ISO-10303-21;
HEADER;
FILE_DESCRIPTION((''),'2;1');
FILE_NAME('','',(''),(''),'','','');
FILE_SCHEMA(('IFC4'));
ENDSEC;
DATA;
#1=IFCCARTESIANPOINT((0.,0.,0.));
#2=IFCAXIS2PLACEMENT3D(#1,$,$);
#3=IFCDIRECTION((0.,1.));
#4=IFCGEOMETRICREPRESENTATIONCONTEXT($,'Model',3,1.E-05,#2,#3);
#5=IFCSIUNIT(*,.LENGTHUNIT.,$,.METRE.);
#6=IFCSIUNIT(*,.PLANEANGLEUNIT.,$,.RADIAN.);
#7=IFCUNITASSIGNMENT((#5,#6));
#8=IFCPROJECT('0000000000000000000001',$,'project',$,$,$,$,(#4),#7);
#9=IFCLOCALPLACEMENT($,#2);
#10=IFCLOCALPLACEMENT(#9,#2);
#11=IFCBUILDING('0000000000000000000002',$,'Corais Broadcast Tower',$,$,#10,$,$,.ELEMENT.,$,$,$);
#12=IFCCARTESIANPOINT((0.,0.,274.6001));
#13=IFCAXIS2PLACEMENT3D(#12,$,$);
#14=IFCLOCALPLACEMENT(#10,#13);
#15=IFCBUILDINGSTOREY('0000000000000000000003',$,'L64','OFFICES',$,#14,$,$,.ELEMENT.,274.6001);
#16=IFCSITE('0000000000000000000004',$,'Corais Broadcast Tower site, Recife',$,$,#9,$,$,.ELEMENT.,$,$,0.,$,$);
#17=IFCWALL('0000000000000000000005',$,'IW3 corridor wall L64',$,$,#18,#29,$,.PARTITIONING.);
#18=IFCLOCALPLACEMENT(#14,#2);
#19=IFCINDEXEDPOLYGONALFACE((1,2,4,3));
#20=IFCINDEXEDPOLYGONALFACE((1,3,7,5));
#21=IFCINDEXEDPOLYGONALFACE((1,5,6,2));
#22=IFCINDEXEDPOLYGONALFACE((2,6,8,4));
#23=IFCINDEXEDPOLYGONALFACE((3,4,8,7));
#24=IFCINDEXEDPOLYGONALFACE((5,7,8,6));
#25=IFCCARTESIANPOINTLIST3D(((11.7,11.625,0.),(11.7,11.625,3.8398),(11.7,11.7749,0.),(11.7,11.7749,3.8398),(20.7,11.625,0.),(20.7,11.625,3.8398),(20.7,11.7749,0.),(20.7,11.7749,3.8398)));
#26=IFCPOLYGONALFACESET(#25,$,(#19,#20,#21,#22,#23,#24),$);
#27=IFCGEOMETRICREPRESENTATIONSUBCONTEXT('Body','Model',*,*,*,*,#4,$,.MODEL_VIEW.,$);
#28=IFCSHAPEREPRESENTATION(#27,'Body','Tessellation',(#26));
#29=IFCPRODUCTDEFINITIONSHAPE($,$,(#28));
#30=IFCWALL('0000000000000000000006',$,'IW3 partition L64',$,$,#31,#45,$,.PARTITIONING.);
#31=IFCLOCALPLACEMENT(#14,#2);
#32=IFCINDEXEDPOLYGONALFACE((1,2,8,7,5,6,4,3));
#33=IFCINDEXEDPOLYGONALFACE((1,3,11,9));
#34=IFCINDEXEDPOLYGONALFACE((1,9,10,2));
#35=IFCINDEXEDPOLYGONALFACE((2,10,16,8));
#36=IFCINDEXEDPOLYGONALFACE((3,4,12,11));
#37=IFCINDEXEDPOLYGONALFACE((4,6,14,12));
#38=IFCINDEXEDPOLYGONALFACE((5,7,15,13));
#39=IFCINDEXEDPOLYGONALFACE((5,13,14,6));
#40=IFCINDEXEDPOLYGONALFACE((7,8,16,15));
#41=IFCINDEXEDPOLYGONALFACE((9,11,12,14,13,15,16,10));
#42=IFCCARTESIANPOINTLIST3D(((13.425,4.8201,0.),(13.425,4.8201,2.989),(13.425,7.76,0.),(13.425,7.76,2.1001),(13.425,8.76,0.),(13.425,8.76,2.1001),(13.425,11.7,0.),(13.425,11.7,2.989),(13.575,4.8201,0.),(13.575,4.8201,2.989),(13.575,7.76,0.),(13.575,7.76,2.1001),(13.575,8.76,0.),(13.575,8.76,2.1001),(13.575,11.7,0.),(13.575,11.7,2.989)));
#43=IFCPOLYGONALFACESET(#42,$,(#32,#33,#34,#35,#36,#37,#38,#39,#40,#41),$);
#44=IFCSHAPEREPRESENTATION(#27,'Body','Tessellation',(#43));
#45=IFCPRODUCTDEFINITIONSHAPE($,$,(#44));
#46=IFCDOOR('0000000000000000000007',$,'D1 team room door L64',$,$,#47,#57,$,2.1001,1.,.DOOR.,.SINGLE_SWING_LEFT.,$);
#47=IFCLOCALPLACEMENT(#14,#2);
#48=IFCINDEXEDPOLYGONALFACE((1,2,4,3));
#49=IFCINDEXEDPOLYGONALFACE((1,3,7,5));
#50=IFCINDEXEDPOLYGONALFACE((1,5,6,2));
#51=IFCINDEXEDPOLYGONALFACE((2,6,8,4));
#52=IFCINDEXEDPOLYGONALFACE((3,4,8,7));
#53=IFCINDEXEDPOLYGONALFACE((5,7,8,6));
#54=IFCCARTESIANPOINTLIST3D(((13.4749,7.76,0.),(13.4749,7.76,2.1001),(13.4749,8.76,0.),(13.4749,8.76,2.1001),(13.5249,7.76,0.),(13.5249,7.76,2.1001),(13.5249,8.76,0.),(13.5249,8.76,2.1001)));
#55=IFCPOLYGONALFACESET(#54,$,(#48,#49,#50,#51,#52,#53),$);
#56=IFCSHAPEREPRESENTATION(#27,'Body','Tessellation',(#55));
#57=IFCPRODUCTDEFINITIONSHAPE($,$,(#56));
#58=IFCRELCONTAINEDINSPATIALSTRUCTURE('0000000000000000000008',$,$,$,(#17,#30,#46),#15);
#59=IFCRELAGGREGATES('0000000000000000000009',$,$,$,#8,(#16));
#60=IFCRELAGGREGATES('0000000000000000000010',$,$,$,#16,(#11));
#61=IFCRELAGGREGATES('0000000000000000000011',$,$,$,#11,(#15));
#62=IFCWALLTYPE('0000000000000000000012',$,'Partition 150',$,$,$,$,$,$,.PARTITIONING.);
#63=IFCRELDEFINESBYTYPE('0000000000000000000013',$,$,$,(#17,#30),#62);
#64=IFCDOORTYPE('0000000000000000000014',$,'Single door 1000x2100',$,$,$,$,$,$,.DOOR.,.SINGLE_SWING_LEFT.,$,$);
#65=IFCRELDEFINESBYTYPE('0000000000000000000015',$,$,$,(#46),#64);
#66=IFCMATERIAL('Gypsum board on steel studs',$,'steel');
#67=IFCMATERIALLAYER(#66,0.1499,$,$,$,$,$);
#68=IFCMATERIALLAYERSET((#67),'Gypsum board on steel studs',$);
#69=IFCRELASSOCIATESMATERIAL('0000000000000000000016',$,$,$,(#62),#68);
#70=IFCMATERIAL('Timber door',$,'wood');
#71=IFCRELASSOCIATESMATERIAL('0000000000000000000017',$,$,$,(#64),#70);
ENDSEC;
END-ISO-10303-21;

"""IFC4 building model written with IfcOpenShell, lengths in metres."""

from ifc_helpers import new_model, si_unit, direction, frame, frame_2d, origin, place, context, subcontext, project, spatial, rectangle, extrude, material, layer, layer_set, type_object, element, fill, save


model = new_model("IFC4")

# Units and contexts
model_context = context("Model", 3, precision=1e-05, world=origin(), true_north=direction((0.0, 1.0)))
body_context = subcontext(model_context, "Body", "Model", "MODEL_VIEW")
ifc_project = project(units=[si_unit("LENGTHUNIT", "METRE"), si_unit("PLANEANGLEUNIT", "RADIAN")], contexts=[model_context])

# Site, building, storey
site_placement = place(None, origin())
site = spatial("IfcSite", under=ifc_project, at=site_placement, Name="Corais Broadcast Tower site, Recife", CompositionType="ELEMENT", RefElevation=0.0)
building_placement = place(site_placement, origin())
building = spatial("IfcBuilding", under=site, at=building_placement, Name="Corais Broadcast Tower", CompositionType="ELEMENT")
storey_placement = place(building_placement, frame((0.0, 0.0, 274.6001)))
storey = spatial("IfcBuildingStorey", under=building, at=storey_placement, Name="L64", Description="OFFICES", CompositionType="ELEMENT", Elevation=274.6001)

# Wall
ifc_material_1 = material(Name="Gypsum board on steel studs", Category="steel")
ifc_layer_1 = layer(ifc_material_1, 0.1499)
ifc_layer_set_1 = layer_set([ifc_layer_1], Name="Gypsum board on steel studs")
wall_type_1 = type_object("IfcWallType", Name="Partition 150", PredefinedType="PARTITIONING", material=ifc_layer_set_1)
wall_1_placement = place(storey_placement, frame((11.7, 11.7, 0.0), z_axis=(0.0, 0.0, 1.0), x_axis=(1.0, 0.0, 0.0)))
element("IfcWall", 1, at=wall_1_placement, inside=storey, type_object=wall_type_1, Name="IW3 corridor wall L64", PredefinedType="PARTITIONING", context=body_context, shape_type="SweptSolid", body=[
    extrude(rectangle(XDim=9.0, YDim=0.1499, at=frame_2d((4.5, 0.0))), origin(), (0.0, 0.0, 1.0), 3.8398),
])

# Wall, opening, door
wall_2_placement = place(storey_placement, frame((13.5, 11.7, 0.0), z_axis=(0.0, 0.0, 1.0), x_axis=(0.0, -1.0, 0.0)))
wall_2 = element("IfcWall", 2, at=wall_2_placement, inside=storey, type_object=wall_type_1, Name="IW3 partition L64", PredefinedType="PARTITIONING", context=body_context, shape_type="SweptSolid", body=[
    extrude(rectangle(XDim=6.8799, YDim=0.1499, at=frame_2d((3.4399, 0.0))), origin(), (0.0, 0.0, 1.0), 2.989),
])
opening_1_placement = place(wall_2_placement, frame((2.9399, 0.0, 0.0)))
opening_1 = element("IfcOpeningElement", 3, at=opening_1_placement, cuts=wall_2, PredefinedType="OPENING", context=body_context, shape_type="SweptSolid", body=[
    extrude(rectangle(XDim=1.0, YDim=2.1001, at=frame_2d((0.5, 1.05))), frame((0.0, 0.085, 0.0), z_axis=(0.0, -1.0, 0.0), x_axis=(1.0, 0.0, 0.0)), (0.0, 0.0, 1.0), 0.1699),
])
ifc_material_2 = material(Name="Timber door", Category="wood")
door_type_1 = type_object("IfcDoorType", Name="Single door 1000x2100", OperationType="SINGLE_SWING_LEFT", PredefinedType="DOOR", material=ifc_material_2)
door_1_placement = place(opening_1_placement, origin())
door_1 = element("IfcDoor", 4, at=door_1_placement, inside=storey, type_object=door_type_1, Name="D1 team room door L64", OperationType="SINGLE_SWING_LEFT", OverallHeight=2.1001, OverallWidth=1.0, PredefinedType="DOOR", context=body_context, shape_type="SweptSolid", body=[
    extrude(rectangle(XDim=1.0, YDim=2.1001, at=frame_2d((0.5, 1.05))), frame((0.0, 0.0249, 0.0), z_axis=(0.0, -1.0, 0.0), x_axis=(1.0, 0.0, 0.0)), (0.0, 0.0, 1.0), 0.05),
])
fill(opening_1, door_1)

save(model, "model.ifc")
